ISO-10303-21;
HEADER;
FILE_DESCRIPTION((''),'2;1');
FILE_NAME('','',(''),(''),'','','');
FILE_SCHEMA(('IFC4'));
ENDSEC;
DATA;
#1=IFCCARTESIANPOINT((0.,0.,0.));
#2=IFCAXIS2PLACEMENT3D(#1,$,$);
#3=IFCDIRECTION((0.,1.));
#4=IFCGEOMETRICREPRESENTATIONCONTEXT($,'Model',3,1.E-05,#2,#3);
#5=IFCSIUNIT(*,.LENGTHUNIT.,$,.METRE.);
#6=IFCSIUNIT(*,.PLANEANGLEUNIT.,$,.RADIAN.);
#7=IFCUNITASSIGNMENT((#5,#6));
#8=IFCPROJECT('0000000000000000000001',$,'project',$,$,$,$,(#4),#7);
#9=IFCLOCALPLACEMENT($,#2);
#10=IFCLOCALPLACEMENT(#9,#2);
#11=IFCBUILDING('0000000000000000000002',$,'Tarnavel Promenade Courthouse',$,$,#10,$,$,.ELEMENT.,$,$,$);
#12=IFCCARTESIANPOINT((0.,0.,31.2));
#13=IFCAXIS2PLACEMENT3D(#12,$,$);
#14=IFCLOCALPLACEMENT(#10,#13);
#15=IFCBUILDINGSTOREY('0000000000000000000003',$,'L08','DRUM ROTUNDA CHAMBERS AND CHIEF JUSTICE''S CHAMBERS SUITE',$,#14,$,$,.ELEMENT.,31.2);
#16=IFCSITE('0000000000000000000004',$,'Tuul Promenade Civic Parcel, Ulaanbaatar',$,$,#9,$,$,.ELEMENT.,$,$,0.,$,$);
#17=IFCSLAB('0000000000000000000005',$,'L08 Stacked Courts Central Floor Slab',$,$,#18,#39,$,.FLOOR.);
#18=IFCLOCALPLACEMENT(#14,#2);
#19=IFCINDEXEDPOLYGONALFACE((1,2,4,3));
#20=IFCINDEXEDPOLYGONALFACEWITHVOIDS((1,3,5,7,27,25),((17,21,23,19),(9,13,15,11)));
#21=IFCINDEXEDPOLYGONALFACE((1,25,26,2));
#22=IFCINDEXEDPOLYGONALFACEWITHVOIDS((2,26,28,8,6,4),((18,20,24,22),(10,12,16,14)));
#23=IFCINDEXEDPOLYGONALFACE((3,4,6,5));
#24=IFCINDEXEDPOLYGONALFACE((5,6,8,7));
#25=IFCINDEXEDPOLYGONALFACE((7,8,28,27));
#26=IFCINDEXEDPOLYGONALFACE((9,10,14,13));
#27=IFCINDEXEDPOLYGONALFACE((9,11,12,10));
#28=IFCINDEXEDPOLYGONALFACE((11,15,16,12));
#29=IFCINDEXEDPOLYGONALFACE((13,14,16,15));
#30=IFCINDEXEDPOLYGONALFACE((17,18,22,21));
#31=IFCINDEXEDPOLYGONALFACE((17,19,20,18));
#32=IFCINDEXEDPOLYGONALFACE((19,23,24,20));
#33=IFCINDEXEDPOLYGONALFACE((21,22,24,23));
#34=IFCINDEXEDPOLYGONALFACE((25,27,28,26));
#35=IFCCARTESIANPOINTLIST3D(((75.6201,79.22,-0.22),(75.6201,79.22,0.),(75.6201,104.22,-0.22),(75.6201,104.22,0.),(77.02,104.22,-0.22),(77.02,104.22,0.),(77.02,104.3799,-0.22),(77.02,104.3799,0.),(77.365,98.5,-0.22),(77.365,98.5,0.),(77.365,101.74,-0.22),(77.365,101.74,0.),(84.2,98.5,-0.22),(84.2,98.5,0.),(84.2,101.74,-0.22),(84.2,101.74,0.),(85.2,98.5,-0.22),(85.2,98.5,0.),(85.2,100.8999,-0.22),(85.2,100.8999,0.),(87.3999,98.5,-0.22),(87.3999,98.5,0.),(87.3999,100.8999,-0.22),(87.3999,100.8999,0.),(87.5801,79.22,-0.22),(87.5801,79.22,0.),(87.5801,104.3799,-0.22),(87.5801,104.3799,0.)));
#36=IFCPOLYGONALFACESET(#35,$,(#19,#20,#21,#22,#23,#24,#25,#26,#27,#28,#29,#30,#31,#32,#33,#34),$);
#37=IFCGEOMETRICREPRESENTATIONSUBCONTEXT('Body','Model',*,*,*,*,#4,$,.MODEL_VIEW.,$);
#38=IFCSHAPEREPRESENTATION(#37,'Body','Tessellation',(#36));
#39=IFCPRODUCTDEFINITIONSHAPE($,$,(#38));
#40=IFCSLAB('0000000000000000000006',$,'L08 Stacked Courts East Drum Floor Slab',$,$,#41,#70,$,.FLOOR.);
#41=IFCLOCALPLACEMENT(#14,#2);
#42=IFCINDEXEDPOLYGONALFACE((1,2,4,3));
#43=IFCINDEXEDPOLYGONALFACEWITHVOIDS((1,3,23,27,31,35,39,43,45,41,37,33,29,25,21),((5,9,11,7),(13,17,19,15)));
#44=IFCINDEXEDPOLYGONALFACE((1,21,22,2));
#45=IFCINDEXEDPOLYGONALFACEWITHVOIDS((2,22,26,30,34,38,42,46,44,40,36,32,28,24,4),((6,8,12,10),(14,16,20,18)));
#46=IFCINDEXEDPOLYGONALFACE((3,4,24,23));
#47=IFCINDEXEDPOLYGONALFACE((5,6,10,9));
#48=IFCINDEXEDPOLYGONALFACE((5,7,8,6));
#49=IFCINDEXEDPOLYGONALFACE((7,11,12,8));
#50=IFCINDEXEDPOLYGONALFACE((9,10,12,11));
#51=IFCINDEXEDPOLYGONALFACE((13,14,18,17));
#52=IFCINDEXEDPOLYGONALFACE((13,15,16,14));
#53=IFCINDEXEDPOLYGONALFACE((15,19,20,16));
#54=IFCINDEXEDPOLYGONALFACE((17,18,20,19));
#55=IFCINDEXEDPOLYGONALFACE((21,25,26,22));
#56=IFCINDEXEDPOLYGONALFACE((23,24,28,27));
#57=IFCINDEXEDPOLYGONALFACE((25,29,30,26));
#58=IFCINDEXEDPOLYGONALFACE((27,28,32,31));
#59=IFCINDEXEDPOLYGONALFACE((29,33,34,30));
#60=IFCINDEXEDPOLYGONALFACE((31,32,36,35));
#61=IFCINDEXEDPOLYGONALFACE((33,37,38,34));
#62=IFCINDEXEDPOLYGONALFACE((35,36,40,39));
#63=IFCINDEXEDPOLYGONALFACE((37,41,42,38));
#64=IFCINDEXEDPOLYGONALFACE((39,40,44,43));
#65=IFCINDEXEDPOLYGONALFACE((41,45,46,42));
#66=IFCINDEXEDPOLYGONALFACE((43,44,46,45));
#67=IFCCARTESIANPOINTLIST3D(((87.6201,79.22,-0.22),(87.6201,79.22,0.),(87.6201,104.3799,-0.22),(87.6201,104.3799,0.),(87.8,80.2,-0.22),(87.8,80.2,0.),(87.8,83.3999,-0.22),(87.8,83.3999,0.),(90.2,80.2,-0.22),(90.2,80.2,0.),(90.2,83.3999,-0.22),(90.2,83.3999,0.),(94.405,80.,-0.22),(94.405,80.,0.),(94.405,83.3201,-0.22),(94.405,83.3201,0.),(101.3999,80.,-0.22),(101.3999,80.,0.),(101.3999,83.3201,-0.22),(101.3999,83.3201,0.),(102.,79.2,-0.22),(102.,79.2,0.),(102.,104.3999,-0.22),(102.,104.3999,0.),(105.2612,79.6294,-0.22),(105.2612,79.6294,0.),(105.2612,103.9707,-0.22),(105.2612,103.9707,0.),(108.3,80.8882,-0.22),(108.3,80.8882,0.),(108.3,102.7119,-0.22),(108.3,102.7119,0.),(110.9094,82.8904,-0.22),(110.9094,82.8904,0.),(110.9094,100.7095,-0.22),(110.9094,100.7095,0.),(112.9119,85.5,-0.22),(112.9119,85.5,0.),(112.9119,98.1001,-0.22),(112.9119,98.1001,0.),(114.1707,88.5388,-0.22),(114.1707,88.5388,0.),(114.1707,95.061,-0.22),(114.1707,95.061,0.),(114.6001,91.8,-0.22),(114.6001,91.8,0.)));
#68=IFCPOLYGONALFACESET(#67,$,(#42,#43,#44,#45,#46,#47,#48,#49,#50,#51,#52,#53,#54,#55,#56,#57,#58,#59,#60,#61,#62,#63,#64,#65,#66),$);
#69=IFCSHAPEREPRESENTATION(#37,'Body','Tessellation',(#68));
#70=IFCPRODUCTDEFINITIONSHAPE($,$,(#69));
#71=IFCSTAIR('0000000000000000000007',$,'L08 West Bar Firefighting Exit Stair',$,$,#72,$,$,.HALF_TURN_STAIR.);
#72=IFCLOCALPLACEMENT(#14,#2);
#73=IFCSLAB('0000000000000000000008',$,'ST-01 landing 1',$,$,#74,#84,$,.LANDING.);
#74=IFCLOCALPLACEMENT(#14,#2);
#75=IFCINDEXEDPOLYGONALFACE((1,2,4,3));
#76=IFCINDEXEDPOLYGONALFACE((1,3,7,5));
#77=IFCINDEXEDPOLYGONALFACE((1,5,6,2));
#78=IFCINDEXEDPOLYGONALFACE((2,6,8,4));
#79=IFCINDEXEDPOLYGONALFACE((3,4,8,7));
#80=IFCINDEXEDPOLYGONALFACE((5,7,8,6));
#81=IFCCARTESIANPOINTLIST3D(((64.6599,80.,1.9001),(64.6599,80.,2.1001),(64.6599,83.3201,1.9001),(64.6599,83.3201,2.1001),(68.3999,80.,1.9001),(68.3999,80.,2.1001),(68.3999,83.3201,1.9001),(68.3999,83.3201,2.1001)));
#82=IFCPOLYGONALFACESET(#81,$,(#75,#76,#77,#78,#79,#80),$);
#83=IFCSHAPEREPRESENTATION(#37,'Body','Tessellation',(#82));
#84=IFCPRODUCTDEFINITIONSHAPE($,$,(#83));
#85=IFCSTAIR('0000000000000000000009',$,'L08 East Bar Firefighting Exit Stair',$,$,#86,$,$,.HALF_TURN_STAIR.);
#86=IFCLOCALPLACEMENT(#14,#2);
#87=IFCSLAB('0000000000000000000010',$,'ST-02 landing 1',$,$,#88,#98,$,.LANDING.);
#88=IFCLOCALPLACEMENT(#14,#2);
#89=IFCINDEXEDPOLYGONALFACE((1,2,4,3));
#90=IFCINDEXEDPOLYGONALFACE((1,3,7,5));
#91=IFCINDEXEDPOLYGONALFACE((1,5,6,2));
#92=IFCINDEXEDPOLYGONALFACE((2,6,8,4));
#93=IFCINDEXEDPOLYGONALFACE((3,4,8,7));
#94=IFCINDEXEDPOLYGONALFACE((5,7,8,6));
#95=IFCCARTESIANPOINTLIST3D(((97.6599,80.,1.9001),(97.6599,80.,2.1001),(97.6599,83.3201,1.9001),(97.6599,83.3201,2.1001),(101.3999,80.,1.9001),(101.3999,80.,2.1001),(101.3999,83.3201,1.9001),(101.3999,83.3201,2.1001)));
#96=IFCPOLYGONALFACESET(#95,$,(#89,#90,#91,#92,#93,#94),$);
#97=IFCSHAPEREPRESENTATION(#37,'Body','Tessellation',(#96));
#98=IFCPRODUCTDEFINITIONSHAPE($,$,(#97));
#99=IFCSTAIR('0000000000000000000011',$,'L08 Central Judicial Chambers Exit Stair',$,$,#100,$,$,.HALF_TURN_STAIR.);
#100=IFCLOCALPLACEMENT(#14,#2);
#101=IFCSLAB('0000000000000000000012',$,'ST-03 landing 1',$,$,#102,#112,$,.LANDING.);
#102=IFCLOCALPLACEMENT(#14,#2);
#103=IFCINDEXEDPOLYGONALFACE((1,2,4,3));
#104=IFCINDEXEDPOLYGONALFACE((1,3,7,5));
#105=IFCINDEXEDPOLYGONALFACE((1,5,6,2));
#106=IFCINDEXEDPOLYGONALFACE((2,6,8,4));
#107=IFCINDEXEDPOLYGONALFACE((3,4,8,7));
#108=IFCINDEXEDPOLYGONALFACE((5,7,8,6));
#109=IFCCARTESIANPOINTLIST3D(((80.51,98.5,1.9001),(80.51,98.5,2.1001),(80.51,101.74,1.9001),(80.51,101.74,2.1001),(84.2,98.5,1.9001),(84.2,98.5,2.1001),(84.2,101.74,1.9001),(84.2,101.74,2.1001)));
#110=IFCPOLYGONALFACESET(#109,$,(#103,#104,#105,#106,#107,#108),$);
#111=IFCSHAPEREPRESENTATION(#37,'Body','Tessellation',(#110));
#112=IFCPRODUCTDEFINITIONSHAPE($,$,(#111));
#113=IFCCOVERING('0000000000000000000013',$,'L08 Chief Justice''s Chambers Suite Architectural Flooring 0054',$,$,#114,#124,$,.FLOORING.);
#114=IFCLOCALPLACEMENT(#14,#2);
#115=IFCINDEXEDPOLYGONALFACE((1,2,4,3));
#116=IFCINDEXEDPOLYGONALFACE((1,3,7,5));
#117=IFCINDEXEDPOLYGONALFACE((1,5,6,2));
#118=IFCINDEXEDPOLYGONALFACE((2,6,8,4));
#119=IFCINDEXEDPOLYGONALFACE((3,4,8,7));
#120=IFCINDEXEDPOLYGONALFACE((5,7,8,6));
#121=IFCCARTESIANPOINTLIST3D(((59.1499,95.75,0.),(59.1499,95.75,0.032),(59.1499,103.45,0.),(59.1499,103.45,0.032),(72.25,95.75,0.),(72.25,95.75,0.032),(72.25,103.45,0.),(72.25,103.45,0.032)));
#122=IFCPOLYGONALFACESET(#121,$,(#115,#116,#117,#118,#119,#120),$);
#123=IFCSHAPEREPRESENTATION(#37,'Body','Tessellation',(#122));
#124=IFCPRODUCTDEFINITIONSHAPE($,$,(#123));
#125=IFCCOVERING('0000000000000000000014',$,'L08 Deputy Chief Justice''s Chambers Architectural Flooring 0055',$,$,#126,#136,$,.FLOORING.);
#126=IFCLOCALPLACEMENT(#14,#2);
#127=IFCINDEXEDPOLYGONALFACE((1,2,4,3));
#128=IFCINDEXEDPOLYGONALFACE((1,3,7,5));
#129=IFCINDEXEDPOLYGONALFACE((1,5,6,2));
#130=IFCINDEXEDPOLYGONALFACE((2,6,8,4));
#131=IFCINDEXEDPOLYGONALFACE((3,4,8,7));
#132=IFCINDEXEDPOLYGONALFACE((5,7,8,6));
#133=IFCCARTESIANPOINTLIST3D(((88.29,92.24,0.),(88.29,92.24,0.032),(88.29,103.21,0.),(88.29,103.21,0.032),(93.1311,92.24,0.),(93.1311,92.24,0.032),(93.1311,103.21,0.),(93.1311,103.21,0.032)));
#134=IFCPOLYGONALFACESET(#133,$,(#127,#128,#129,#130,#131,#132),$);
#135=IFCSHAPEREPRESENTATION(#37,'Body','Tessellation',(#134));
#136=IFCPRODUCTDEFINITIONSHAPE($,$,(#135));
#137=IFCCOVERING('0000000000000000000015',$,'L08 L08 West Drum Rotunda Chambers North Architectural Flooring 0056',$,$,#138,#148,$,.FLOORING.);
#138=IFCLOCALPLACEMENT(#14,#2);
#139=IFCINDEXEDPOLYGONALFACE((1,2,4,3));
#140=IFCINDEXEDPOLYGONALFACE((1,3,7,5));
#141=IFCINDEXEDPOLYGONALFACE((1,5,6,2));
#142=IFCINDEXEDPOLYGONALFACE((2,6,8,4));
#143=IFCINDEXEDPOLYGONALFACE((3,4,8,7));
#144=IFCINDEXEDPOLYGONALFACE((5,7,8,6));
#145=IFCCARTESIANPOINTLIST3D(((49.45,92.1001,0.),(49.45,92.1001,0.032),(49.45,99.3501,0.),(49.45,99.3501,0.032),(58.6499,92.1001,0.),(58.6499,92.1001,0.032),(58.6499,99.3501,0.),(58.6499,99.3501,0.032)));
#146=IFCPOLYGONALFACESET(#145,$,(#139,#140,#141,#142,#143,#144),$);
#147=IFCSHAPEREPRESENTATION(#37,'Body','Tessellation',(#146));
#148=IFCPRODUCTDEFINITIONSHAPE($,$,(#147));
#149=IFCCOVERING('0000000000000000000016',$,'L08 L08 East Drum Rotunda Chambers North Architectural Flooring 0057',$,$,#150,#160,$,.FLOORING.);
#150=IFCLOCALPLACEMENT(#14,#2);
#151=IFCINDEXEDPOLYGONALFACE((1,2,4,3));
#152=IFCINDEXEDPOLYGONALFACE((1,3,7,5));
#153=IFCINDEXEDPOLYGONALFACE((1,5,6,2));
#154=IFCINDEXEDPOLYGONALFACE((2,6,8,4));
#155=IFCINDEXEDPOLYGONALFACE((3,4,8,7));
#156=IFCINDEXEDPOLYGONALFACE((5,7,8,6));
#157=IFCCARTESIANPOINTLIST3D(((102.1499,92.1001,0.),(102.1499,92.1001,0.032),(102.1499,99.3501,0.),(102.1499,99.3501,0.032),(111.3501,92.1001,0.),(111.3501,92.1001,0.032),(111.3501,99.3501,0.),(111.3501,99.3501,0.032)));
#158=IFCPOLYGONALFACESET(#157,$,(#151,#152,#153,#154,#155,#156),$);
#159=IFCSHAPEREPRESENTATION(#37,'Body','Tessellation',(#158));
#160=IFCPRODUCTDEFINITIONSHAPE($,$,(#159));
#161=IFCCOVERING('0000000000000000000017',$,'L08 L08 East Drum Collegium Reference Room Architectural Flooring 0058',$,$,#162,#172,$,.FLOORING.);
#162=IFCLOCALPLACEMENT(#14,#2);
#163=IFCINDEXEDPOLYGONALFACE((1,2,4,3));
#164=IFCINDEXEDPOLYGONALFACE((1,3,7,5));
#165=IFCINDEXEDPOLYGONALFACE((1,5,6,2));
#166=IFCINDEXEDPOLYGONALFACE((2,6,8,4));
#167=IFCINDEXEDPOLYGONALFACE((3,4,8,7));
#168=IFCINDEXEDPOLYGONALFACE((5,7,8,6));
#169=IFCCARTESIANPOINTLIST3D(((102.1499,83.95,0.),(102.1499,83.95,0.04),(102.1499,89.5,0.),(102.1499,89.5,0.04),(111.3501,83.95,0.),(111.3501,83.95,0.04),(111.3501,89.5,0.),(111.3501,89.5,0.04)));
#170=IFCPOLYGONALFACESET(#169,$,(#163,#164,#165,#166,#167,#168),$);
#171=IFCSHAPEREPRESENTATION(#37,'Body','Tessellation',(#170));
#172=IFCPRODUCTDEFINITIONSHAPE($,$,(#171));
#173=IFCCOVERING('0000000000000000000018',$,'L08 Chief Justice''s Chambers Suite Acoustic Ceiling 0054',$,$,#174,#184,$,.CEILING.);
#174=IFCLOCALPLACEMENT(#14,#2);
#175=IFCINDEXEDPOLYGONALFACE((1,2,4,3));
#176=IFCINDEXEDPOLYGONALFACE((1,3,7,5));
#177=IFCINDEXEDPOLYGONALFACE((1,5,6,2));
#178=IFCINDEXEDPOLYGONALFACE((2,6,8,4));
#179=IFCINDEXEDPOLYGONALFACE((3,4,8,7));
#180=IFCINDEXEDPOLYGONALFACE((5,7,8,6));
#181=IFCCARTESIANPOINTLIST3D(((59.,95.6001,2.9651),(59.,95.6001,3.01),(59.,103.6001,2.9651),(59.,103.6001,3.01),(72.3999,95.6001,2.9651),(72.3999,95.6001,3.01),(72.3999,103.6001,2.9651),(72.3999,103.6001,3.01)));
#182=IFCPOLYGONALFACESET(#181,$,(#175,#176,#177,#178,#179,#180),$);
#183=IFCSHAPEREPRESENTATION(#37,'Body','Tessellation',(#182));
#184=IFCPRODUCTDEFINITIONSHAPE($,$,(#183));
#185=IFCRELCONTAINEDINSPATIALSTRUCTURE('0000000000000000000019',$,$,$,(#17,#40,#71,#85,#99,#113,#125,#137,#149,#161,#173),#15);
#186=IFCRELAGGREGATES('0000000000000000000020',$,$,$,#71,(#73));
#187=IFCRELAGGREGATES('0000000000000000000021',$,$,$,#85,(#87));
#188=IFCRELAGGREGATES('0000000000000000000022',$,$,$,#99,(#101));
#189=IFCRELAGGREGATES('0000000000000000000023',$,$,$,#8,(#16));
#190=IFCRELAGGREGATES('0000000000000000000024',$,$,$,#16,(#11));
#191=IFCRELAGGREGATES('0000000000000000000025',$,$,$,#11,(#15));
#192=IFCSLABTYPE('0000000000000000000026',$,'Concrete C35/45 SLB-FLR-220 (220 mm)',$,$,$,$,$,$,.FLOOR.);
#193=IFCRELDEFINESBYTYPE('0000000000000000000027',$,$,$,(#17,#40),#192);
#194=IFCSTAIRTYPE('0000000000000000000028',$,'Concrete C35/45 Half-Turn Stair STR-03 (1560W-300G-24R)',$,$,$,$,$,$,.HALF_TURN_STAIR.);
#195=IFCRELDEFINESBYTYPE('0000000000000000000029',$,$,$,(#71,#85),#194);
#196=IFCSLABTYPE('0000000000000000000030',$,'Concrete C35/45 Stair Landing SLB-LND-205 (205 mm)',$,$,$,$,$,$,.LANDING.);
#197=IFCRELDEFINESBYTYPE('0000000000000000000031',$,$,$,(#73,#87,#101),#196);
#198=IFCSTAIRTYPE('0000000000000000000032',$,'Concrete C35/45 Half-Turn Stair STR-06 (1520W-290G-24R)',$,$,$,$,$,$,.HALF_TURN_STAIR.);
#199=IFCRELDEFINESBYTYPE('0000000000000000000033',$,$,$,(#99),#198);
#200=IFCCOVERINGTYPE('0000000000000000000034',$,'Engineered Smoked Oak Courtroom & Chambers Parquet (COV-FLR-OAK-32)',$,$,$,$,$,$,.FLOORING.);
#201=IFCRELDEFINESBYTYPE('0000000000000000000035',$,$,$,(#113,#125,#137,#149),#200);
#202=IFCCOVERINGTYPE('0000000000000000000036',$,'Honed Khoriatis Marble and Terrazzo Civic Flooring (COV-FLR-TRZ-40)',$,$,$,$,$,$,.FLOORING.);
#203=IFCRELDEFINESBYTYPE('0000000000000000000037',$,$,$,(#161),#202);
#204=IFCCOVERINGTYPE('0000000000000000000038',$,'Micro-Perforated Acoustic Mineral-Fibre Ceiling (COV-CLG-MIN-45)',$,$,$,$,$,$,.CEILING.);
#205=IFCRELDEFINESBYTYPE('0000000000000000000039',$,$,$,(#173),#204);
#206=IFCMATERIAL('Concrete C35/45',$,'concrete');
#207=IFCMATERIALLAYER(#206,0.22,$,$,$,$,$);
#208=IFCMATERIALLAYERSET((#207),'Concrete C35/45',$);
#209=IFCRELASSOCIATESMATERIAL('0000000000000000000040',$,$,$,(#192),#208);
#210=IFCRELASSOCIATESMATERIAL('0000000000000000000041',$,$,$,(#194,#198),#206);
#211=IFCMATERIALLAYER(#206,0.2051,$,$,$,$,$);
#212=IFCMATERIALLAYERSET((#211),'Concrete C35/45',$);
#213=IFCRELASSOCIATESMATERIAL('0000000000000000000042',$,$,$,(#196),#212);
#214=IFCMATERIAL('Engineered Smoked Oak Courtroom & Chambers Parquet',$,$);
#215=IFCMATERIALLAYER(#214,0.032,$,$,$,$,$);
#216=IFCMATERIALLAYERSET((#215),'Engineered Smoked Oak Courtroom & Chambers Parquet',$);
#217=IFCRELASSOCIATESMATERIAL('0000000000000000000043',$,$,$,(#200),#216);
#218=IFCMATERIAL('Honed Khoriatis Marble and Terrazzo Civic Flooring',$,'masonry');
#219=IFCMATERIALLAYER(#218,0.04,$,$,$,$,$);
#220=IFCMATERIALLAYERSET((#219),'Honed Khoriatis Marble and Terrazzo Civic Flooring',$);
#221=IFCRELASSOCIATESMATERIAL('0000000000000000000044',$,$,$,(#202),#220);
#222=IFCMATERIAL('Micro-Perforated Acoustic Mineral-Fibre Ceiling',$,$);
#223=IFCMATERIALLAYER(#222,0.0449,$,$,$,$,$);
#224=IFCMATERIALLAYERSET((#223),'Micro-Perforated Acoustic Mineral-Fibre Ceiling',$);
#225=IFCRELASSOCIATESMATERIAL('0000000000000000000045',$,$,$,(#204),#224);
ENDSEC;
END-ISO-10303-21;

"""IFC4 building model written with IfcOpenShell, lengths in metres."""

from ifc_helpers import new_model, si_unit, direction, frame, origin, place, context, subcontext, project, spatial, polyline, outline, extrude, material, layer, layer_set, type_object, element, aggregate, save


model = new_model("IFC4")

# Units and contexts
model_context = context("Model", 3, precision=1e-05, world=origin(), true_north=direction((0.0, 1.0)))
body_context = subcontext(model_context, "Body", "Model", "MODEL_VIEW")
ifc_project = project(units=[si_unit("LENGTHUNIT", "METRE"), si_unit("PLANEANGLEUNIT", "RADIAN")], contexts=[model_context])

# Site, building, storey
site_placement = place(None, origin())
site = spatial("IfcSite", under=ifc_project, at=site_placement, Name="Tuul Promenade Civic Parcel, Ulaanbaatar", CompositionType="ELEMENT", RefElevation=0.0)
building_placement = place(site_placement, origin())
building = spatial("IfcBuilding", under=site, at=building_placement, Name="Tarnavel Promenade Courthouse", CompositionType="ELEMENT")
storey_placement = place(building_placement, frame((0.0, 0.0, 31.2)))
storey = spatial("IfcBuildingStorey", under=building, at=storey_placement, Name="L08", Description="DRUM ROTUNDA CHAMBERS AND CHIEF JUSTICE'S CHAMBERS SUITE", CompositionType="ELEMENT", Elevation=31.2)

# Slabs
ifc_material_1 = material(Name="Concrete C35/45", Category="concrete")
ifc_layer_1 = layer(ifc_material_1, 0.22)
ifc_layer_set_1 = layer_set([ifc_layer_1], Name="Concrete C35/45")
slab_type_1 = type_object("IfcSlabType", Name="Concrete C35/45 SLB-FLR-220 (220 mm)", PredefinedType="FLOOR", material=ifc_layer_set_1)
slab_1_placement = place(storey_placement, frame((0.0, 0.0, -0.22)))
element("IfcSlab", 1, at=slab_1_placement, inside=storey, type_object=slab_type_1, Name="L08 Stacked Courts Central Floor Slab", PredefinedType="FLOOR", context=body_context, shape_type="SweptSolid", body=[
    extrude(outline(polyline([(75.6201, 79.22), (87.5801, 79.22), (87.5801, 104.3799), (77.02, 104.3799), (77.02, 104.22), (75.6201, 104.22), (75.6201, 79.22)]), holes=[polyline([(77.365, 98.5), (84.2, 98.5), (84.2, 101.74), (77.365, 101.74), (77.365, 98.5)]), polyline([(85.2, 98.5), (87.3999, 98.5), (87.3999, 100.8999), (85.2, 100.8999), (85.2, 98.5)])]), origin(), (0.0, 0.0, 1.0), 0.22),
])
slab_2_placement = place(storey_placement, frame((0.0, 0.0, -0.22)))
element("IfcSlab", 2, at=slab_2_placement, inside=storey, type_object=slab_type_1, Name="L08 Stacked Courts East Drum Floor Slab", PredefinedType="FLOOR", context=body_context, shape_type="SweptSolid", body=[
    extrude(outline(polyline([(87.6201, 104.3799), (87.6201, 79.22), (102.0, 79.2), (105.2612, 79.6294), (108.3, 80.8882), (110.9094, 82.8904), (112.9119, 85.5), (114.1707, 88.5388), (114.6001, 91.8), (114.1707, 95.061), (112.9119, 98.1001), (110.9094, 100.7095), (108.3, 102.7119), (105.2612, 103.9707), (102.0, 104.3999), (87.6201, 104.3799)]), holes=[polyline([(94.405, 80.0), (101.3999, 80.0), (101.3999, 83.3201), (94.405, 83.3201), (94.405, 80.0)]), polyline([(87.8, 80.2), (90.2, 80.2), (90.2, 83.3999), (87.8, 83.3999), (87.8, 80.2)])]), origin(), (0.0, 0.0, 1.0), 0.22),
])

# Stairs, slabs
stair_type_1 = type_object("IfcStairType", Name="Concrete C35/45 Half-Turn Stair STR-03 (1560W-300G-24R)", PredefinedType="HALF_TURN_STAIR", material=ifc_material_1)
stair_1_placement = place(storey_placement, origin())
stair_1 = element("IfcStair", 3, at=stair_1_placement, inside=storey, type_object=stair_type_1, Name="L08 West Bar Firefighting Exit Stair", PredefinedType="HALF_TURN_STAIR")
ifc_layer_2 = layer(ifc_material_1, 0.2051)
ifc_layer_set_2 = layer_set([ifc_layer_2], Name="Concrete C35/45")
slab_type_2 = type_object("IfcSlabType", Name="Concrete C35/45 Stair Landing SLB-LND-205 (205 mm)", PredefinedType="LANDING", material=ifc_layer_set_2)
slab_3_placement = place(storey_placement, frame((0.0, 0.0, 1.9001)))
slab_3 = element("IfcSlab", 4, at=slab_3_placement, type_object=slab_type_2, Name="ST-01 landing 1", PredefinedType="LANDING", context=body_context, shape_type="SweptSolid", body=[
    extrude(outline(polyline([(64.6599, 80.0), (68.3999, 80.0), (68.3999, 83.3201), (64.6599, 83.3201), (64.6599, 80.0)])), origin(), (0.0, 0.0, 1.0), 0.2),
])
aggregate(stair_1, [slab_3])
stair_2_placement = place(storey_placement, origin())
stair_2 = element("IfcStair", 5, at=stair_2_placement, inside=storey, type_object=stair_type_1, Name="L08 East Bar Firefighting Exit Stair", PredefinedType="HALF_TURN_STAIR")
slab_4_placement = place(storey_placement, frame((0.0, 0.0, 1.9001)))
slab_4 = element("IfcSlab", 6, at=slab_4_placement, type_object=slab_type_2, Name="ST-02 landing 1", PredefinedType="LANDING", context=body_context, shape_type="SweptSolid", body=[
    extrude(outline(polyline([(97.6599, 80.0), (101.3999, 80.0), (101.3999, 83.3201), (97.6599, 83.3201), (97.6599, 80.0)])), origin(), (0.0, 0.0, 1.0), 0.2),
])
aggregate(stair_2, [slab_4])
stair_type_2 = type_object("IfcStairType", Name="Concrete C35/45 Half-Turn Stair STR-06 (1520W-290G-24R)", PredefinedType="HALF_TURN_STAIR", material=ifc_material_1)
stair_3_placement = place(storey_placement, origin())
stair_3 = element("IfcStair", 7, at=stair_3_placement, inside=storey, type_object=stair_type_2, Name="L08 Central Judicial Chambers Exit Stair", PredefinedType="HALF_TURN_STAIR")
slab_5_placement = place(storey_placement, frame((0.0, 0.0, 1.9001)))
slab_5 = element("IfcSlab", 8, at=slab_5_placement, type_object=slab_type_2, Name="ST-03 landing 1", PredefinedType="LANDING", context=body_context, shape_type="SweptSolid", body=[
    extrude(outline(polyline([(80.51, 98.5), (84.2, 98.5), (84.2, 101.74), (80.51, 101.74), (80.51, 98.5)])), origin(), (0.0, 0.0, 1.0), 0.2),
])
aggregate(stair_3, [slab_5])

# Coverings
ifc_material_2 = material(Name="Engineered Smoked Oak Courtroom & Chambers Parquet")
ifc_layer_3 = layer(ifc_material_2, 0.032)
ifc_layer_set_3 = layer_set([ifc_layer_3], Name="Engineered Smoked Oak Courtroom & Chambers Parquet")
covering_type_1 = type_object("IfcCoveringType", Name="Engineered Smoked Oak Courtroom & Chambers Parquet (COV-FLR-OAK-32)", PredefinedType="FLOORING", material=ifc_layer_set_3)
covering_1_placement = place(storey_placement, origin())
element("IfcCovering", 9, at=covering_1_placement, inside=storey, type_object=covering_type_1, Name="L08 Chief Justice's Chambers Suite Architectural Flooring 0054", PredefinedType="FLOORING", context=body_context, shape_type="SweptSolid", body=[
    extrude(outline(polyline([(59.1499, 95.75), (72.25, 95.75), (72.25, 103.45), (59.1499, 103.45), (59.1499, 95.75)])), origin(), (0.0, 0.0, 1.0), 0.032),
])
covering_2_placement = place(storey_placement, origin())
element("IfcCovering", 10, at=covering_2_placement, inside=storey, type_object=covering_type_1, Name="L08 Deputy Chief Justice's Chambers Architectural Flooring 0055", PredefinedType="FLOORING", context=body_context, shape_type="SweptSolid", body=[
    extrude(outline(polyline([(88.29, 92.24), (93.1311, 92.24), (93.1311, 103.21), (88.29, 103.21), (88.29, 92.24)])), origin(), (0.0, 0.0, 1.0), 0.032),
])
covering_3_placement = place(storey_placement, origin())
element("IfcCovering", 11, at=covering_3_placement, inside=storey, type_object=covering_type_1, Name="L08 L08 West Drum Rotunda Chambers North Architectural Flooring 0056", PredefinedType="FLOORING", context=body_context, shape_type="SweptSolid", body=[
    extrude(outline(polyline([(49.45, 92.1001), (58.6499, 92.1001), (58.6499, 99.3501), (49.45, 99.3501), (49.45, 92.1001)])), origin(), (0.0, 0.0, 1.0), 0.032),
])
covering_4_placement = place(storey_placement, origin())
element("IfcCovering", 12, at=covering_4_placement, inside=storey, type_object=covering_type_1, Name="L08 L08 East Drum Rotunda Chambers North Architectural Flooring 0057", PredefinedType="FLOORING", context=body_context, shape_type="SweptSolid", body=[
    extrude(outline(polyline([(102.1499, 92.1001), (111.3501, 92.1001), (111.3501, 99.3501), (102.1499, 99.3501), (102.1499, 92.1001)])), origin(), (0.0, 0.0, 1.0), 0.032),
])
ifc_material_3 = material(Name="Honed Khoriatis Marble and Terrazzo Civic Flooring", Category="masonry")
ifc_layer_4 = layer(ifc_material_3, 0.04)
ifc_layer_set_4 = layer_set([ifc_layer_4], Name="Honed Khoriatis Marble and Terrazzo Civic Flooring")
covering_type_2 = type_object("IfcCoveringType", Name="Honed Khoriatis Marble and Terrazzo Civic Flooring (COV-FLR-TRZ-40)", PredefinedType="FLOORING", material=ifc_layer_set_4)
covering_5_placement = place(storey_placement, origin())
element("IfcCovering", 13, at=covering_5_placement, inside=storey, type_object=covering_type_2, Name="L08 L08 East Drum Collegium Reference Room Architectural Flooring 0058", PredefinedType="FLOORING", context=body_context, shape_type="SweptSolid", body=[
    extrude(outline(polyline([(102.1499, 83.95), (111.3501, 83.95), (111.3501, 89.5), (102.1499, 89.5), (102.1499, 83.95)])), origin(), (0.0, 0.0, 1.0), 0.04),
])
ifc_material_4 = material(Name="Micro-Perforated Acoustic Mineral-Fibre Ceiling")
ifc_layer_5 = layer(ifc_material_4, 0.0449)
ifc_layer_set_5 = layer_set([ifc_layer_5], Name="Micro-Perforated Acoustic Mineral-Fibre Ceiling")
covering_type_3 = type_object("IfcCoveringType", Name="Micro-Perforated Acoustic Mineral-Fibre Ceiling (COV-CLG-MIN-45)", PredefinedType="CEILING", material=ifc_layer_set_5)
covering_6_placement = place(storey_placement, frame((0.0, 0.0, 2.9651)))
element("IfcCovering", 14, at=covering_6_placement, inside=storey, type_object=covering_type_3, Name="L08 Chief Justice's Chambers Suite Acoustic Ceiling 0054", PredefinedType="CEILING", context=body_context, shape_type="SweptSolid", body=[
    extrude(outline(polyline([(59.0, 95.6001), (72.3999, 95.6001), (72.3999, 103.6001), (59.0, 103.6001), (59.0, 95.6001)])), origin(), (0.0, 0.0, 1.0), 0.0449),
])

save(model, "model.ifc")
